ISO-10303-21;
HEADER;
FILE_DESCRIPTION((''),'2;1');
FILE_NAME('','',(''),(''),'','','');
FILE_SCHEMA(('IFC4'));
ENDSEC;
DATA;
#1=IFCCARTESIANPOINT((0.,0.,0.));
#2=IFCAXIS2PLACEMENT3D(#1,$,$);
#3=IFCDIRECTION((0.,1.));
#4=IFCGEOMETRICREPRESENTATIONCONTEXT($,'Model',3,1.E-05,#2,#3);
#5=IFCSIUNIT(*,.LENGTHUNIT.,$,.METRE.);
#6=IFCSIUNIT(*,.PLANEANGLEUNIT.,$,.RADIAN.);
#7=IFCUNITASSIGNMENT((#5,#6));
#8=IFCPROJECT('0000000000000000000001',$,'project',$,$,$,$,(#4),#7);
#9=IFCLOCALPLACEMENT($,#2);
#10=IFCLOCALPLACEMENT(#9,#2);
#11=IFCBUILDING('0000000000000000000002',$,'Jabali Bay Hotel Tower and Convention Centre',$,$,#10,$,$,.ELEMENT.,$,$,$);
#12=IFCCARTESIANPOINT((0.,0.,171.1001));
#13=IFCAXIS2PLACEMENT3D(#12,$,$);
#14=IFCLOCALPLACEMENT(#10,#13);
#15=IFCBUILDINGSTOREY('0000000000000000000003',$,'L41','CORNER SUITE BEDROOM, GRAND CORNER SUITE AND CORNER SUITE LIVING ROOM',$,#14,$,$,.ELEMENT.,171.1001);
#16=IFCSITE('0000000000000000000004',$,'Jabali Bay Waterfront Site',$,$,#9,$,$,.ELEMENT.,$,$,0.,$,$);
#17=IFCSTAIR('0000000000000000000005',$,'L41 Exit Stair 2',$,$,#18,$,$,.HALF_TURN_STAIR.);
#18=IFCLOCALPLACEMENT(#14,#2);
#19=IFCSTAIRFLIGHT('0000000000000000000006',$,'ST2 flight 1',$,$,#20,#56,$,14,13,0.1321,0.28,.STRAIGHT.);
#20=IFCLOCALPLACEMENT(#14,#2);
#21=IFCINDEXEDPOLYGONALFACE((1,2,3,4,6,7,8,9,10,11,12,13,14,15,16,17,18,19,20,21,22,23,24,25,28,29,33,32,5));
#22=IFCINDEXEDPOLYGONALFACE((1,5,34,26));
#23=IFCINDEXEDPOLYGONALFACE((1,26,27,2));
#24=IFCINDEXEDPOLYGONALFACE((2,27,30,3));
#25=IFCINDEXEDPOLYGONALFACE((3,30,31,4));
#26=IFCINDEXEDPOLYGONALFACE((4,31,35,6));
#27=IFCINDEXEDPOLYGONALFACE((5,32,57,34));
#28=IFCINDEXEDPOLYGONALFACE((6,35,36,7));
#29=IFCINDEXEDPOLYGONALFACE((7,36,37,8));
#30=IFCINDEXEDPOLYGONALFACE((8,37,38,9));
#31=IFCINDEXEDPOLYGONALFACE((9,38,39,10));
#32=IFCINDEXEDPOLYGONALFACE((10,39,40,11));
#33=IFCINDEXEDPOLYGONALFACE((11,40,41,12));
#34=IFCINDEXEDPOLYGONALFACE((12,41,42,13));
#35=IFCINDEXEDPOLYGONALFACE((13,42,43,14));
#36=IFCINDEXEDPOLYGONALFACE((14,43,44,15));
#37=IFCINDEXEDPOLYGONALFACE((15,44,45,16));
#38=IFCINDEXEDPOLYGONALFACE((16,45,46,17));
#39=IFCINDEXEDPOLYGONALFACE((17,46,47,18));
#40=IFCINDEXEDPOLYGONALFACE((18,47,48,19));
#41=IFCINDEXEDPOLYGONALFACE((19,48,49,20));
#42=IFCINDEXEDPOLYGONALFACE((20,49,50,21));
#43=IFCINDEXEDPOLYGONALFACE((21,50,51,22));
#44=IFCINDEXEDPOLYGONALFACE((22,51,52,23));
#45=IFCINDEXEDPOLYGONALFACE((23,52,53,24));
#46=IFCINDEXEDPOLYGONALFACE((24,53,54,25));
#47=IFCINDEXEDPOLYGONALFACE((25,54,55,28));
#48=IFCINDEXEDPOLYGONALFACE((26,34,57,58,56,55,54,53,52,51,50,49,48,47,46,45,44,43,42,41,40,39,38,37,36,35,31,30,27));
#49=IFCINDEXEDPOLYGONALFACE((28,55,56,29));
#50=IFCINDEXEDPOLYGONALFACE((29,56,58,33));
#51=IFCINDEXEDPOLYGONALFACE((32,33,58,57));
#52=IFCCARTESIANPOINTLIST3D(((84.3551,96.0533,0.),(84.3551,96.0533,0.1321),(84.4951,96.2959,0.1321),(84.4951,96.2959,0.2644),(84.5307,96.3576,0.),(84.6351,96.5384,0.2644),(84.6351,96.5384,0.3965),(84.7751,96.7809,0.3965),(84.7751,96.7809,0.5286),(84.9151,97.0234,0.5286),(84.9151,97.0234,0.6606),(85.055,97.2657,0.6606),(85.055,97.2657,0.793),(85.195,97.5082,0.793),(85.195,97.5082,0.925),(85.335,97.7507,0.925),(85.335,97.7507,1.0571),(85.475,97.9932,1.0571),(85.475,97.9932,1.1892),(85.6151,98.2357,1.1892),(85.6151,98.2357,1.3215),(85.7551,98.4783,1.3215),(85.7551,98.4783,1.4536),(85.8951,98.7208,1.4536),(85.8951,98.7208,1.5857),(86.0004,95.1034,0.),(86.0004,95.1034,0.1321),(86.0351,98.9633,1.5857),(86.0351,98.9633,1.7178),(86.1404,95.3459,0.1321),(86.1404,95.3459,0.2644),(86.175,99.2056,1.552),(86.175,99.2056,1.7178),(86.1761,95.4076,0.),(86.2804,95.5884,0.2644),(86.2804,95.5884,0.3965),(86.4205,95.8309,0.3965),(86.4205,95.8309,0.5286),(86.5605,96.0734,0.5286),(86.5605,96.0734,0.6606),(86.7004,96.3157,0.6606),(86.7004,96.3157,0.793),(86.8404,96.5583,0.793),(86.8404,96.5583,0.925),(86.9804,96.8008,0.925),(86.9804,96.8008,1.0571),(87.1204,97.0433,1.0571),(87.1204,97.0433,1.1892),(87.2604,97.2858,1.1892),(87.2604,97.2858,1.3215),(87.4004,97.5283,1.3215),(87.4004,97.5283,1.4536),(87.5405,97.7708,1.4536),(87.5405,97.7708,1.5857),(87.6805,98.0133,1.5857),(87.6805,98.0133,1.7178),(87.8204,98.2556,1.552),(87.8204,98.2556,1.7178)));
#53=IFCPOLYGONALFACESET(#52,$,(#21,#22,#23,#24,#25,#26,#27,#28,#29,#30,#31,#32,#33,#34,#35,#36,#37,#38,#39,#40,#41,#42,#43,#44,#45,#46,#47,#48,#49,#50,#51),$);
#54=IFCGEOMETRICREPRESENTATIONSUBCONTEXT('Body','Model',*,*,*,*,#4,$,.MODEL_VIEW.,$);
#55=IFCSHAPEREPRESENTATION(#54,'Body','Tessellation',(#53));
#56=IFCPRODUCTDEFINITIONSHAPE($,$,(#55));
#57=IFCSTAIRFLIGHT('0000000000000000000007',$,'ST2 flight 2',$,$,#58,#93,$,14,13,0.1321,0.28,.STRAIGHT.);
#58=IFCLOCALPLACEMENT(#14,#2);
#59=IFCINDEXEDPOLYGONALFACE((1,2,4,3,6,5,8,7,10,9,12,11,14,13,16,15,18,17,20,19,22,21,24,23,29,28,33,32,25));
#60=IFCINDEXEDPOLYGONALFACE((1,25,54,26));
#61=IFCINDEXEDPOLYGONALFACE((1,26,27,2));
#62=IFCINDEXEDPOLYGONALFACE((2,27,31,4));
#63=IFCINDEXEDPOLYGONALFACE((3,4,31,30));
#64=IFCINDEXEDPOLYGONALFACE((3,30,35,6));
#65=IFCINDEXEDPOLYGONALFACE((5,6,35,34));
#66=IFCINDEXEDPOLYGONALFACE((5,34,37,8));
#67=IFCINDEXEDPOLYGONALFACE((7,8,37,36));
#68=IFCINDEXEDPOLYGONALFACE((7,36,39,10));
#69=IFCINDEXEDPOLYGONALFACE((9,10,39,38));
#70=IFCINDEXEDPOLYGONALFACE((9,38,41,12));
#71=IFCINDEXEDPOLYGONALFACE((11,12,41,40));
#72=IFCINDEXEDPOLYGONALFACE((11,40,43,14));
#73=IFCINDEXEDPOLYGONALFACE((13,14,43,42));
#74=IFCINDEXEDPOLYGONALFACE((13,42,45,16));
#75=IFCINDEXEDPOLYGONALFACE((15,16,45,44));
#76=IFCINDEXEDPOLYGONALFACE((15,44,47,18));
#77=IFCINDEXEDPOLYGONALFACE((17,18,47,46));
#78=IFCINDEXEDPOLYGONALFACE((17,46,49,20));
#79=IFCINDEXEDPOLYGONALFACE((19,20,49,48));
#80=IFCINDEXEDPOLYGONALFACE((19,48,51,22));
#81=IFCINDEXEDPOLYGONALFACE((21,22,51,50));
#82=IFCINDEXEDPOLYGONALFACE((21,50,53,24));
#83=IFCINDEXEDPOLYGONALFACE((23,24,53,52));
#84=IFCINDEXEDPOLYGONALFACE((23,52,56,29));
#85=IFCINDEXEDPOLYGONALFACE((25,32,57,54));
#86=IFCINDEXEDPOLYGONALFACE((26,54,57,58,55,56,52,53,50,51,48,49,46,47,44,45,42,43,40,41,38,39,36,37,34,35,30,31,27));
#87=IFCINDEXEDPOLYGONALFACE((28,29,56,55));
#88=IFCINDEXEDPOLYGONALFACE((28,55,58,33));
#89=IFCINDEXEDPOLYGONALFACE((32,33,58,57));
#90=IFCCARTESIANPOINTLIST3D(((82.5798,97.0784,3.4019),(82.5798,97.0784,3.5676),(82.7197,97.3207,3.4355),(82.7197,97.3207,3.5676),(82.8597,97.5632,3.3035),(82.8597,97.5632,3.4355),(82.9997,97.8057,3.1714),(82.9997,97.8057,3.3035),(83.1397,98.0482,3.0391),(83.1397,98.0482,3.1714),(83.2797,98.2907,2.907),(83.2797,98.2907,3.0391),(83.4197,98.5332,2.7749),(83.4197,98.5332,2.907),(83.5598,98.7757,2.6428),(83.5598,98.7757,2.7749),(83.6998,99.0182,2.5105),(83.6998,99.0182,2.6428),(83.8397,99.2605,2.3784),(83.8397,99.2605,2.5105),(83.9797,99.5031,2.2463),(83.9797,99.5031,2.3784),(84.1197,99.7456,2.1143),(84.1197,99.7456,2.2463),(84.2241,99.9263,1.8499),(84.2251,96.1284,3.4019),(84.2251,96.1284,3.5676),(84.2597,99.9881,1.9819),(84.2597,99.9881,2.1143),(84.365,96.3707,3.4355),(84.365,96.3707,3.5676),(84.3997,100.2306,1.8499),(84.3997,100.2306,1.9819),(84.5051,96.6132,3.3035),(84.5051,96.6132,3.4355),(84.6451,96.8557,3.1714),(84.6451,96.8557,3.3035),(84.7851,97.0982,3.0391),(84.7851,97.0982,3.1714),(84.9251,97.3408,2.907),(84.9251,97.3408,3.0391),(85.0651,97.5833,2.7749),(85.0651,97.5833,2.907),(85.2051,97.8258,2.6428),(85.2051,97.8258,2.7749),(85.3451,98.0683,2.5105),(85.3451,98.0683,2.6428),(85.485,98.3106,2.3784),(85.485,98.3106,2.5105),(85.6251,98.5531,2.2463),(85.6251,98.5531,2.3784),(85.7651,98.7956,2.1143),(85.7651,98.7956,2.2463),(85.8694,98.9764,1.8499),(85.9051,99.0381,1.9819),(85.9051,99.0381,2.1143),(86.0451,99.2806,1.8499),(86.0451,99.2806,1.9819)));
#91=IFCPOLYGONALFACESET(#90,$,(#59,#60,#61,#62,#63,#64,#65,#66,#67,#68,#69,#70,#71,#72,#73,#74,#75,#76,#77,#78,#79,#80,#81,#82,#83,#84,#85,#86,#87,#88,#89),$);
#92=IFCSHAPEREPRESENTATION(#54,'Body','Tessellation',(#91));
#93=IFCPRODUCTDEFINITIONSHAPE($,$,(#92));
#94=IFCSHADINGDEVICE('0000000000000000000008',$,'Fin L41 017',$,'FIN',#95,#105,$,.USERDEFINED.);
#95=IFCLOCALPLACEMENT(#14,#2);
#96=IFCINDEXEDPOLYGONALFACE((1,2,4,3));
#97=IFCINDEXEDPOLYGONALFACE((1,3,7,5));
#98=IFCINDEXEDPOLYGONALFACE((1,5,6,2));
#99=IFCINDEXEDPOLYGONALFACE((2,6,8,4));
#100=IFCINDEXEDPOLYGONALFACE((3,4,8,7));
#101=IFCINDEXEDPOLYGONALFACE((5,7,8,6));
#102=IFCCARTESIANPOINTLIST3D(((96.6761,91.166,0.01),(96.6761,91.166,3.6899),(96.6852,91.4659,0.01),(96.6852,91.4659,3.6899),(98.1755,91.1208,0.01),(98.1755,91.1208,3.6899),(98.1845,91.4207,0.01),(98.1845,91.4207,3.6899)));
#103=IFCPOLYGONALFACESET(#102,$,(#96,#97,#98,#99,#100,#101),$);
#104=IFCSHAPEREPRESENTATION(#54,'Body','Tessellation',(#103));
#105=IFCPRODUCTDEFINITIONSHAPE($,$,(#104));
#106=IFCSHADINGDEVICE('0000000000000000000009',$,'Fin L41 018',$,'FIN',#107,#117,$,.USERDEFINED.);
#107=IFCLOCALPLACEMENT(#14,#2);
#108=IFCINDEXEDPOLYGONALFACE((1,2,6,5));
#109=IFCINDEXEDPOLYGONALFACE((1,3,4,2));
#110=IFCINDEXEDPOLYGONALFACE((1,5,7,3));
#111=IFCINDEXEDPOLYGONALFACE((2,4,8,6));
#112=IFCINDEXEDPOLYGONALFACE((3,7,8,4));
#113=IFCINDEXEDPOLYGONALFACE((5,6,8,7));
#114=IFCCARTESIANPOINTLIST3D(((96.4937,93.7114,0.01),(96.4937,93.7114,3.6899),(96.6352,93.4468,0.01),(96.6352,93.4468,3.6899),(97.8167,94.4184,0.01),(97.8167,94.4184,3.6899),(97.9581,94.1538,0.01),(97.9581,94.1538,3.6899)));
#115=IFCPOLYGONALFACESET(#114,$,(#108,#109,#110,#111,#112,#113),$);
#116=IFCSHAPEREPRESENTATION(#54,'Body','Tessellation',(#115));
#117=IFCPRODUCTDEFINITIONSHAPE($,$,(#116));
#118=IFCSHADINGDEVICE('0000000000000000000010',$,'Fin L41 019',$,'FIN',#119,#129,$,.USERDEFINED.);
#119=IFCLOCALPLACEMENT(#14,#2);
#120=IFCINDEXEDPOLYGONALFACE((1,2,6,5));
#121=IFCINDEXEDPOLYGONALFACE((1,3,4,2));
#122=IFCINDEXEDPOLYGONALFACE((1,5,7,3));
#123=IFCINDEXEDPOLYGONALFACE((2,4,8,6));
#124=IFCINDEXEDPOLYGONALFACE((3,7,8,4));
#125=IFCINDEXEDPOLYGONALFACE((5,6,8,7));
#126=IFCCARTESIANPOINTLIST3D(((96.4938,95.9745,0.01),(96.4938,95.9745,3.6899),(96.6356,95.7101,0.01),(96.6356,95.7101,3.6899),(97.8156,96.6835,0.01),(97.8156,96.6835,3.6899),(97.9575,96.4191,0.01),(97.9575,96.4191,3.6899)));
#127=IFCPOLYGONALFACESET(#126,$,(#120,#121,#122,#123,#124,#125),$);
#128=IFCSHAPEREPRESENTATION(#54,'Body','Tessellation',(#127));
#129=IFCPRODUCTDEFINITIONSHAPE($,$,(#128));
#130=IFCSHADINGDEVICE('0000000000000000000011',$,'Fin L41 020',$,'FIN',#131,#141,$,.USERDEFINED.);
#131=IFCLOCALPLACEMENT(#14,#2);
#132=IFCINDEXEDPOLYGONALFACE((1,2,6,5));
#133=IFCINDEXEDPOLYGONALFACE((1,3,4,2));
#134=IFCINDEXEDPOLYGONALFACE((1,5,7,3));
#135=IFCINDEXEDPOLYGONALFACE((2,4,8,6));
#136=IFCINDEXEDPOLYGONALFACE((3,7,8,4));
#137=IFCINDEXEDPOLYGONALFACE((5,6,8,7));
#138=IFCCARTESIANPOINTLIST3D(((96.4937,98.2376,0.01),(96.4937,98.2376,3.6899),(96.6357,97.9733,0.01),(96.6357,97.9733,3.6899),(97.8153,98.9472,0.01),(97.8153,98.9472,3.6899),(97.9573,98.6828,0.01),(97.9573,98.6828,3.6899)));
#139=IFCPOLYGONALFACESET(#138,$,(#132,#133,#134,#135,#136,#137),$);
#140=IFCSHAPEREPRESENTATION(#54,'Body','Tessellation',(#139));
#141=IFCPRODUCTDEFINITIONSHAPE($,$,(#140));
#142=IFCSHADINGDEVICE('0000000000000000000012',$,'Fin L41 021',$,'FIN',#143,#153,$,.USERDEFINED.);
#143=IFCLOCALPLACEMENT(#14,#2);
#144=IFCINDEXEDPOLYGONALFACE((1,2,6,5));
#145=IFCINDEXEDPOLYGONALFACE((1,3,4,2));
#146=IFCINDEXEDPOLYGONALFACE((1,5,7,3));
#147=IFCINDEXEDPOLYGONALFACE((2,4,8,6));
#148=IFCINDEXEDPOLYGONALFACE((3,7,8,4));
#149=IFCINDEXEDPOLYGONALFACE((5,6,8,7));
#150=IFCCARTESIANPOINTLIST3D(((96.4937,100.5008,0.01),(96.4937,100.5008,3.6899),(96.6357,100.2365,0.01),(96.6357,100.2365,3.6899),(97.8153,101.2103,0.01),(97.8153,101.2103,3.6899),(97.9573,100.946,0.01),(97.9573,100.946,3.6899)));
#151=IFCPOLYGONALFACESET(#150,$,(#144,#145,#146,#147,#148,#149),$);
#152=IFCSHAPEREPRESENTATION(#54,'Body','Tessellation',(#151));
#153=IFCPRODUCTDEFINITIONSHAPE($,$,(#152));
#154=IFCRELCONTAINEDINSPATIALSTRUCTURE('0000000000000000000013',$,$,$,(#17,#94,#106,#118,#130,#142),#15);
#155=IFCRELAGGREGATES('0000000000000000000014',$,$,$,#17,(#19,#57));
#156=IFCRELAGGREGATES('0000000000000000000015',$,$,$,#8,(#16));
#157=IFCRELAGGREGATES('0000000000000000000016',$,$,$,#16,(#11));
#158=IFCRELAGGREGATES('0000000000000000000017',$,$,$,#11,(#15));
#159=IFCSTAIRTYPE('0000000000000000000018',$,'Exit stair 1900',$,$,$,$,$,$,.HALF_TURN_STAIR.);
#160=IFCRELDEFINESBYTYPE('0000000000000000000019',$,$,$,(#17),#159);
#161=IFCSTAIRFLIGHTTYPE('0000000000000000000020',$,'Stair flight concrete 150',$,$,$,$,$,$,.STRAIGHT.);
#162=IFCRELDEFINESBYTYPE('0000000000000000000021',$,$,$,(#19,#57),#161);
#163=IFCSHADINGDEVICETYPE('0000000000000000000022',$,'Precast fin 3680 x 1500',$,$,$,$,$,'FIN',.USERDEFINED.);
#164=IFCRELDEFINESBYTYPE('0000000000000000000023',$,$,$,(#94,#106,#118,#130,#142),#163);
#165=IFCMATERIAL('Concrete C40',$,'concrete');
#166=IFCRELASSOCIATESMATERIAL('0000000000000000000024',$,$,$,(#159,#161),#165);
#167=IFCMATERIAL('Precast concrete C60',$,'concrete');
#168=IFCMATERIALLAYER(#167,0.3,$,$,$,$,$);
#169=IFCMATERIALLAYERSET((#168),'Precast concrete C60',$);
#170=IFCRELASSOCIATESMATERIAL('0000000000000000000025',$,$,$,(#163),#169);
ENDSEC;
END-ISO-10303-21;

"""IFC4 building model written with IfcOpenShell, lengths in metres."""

from ifc_helpers import new_model, si_unit, direction, frame, frame_2d, origin, place, context, subcontext, project, spatial, polyline, rectangle, outline, extrude, material, layer, layer_set, type_object, element, aggregate, save


model = new_model("IFC4")

# Units and contexts
model_context = context("Model", 3, precision=1e-05, world=origin(), true_north=direction((0.0, 1.0)))
body_context = subcontext(model_context, "Body", "Model", "MODEL_VIEW")
ifc_project = project(units=[si_unit("LENGTHUNIT", "METRE"), si_unit("PLANEANGLEUNIT", "RADIAN")], contexts=[model_context])

# Site, building, storey
site_placement = place(None, origin())
site = spatial("IfcSite", under=ifc_project, at=site_placement, Name="Jabali Bay Waterfront Site", CompositionType="ELEMENT", RefElevation=0.0)
building_placement = place(site_placement, origin())
building = spatial("IfcBuilding", under=site, at=building_placement, Name="Jabali Bay Hotel Tower and Convention Centre", CompositionType="ELEMENT")
storey_placement = place(building_placement, frame((0.0, 0.0, 171.1001)))
storey = spatial("IfcBuildingStorey", under=building, at=storey_placement, Name="L41", Description="CORNER SUITE BEDROOM, GRAND CORNER SUITE AND CORNER SUITE LIVING ROOM", CompositionType="ELEMENT", Elevation=171.1001)

# Shared definitions
ifc_material_1 = material(Name="Concrete C40", Category="concrete")

# Stair, stair flights
stair_type = type_object("IfcStairType", Name="Exit stair 1900", PredefinedType="HALF_TURN_STAIR", material=ifc_material_1)
stair_placement = place(storey_placement, origin())
stair = element("IfcStair", 1, at=stair_placement, inside=storey, type_object=stair_type, Name="L41 Exit Stair 2", PredefinedType="HALF_TURN_STAIR")
stair_flight_type = type_object("IfcStairFlightType", Name="Stair flight concrete 150", PredefinedType="STRAIGHT", material=ifc_material_1)
stair_flight_1_placement = place(storey_placement, frame((85.1777, 95.5784, 0.0), z_axis=(0.0, 0.0, 1.0), x_axis=(0.5, 0.866025, 0.0)))
stair_flight_1 = element("IfcStairFlight", 2, at=stair_flight_1_placement, type_object=stair_flight_type, Name="ST2 flight 1", NumberOfRisers=14, NumberOfTreads=13, PredefinedType="STRAIGHT", RiserHeight=0.1321, TreadLength=0.28, context=body_context, shape_type="SweptSolid", body=[
    extrude(outline(polyline([(0.0, 0.0), (0.0, 0.1321), (0.28, 0.1321), (0.28, 0.2644), (0.5601, 0.2644), (0.5601, 0.3965), (0.8401, 0.3965), (0.8401, 0.5286), (1.1201, 0.5286), (1.1201, 0.6606), (1.3999, 0.6606), (1.3999, 0.793), (1.6799, 0.793), (1.6799, 0.925), (1.96, 0.925), (1.96, 1.0571), (2.24, 1.0571), (2.24, 1.1892), (2.52, 1.1892), (2.52, 1.3215), (2.8, 1.3215), (2.8, 1.4536), (3.0801, 1.4536), (3.0801, 1.5857), (3.3601, 1.5857), (3.3601, 1.7178), (3.6399, 1.7178), (3.6399, 1.8501), (3.6399, 1.552), (0.3513, 0.0), (0.0, 0.0)])), frame((0.0, 0.95, 0.0), z_axis=(0.0, -1.0, 0.0), x_axis=(1.0, 0.0, 0.0)), (0.0, 0.0, 1.0), 1.8999),
])
stair_flight_2_placement = place(storey_placement, frame((85.2224, 99.7556, 1.8499), z_axis=(0.0, 0.0, 1.0), x_axis=(-0.5, -0.866025, 0.0)))
stair_flight_2 = element("IfcStairFlight", 3, at=stair_flight_2_placement, type_object=stair_flight_type, Name="ST2 flight 2", NumberOfRisers=14, NumberOfTreads=13, PredefinedType="STRAIGHT", RiserHeight=0.1321, TreadLength=0.28, context=body_context, shape_type="SweptSolid", body=[
    extrude(outline(polyline([(0.0, 0.0), (0.0, 0.1321), (0.28, 0.1321), (0.28, 0.2644), (0.5601, 0.2644), (0.5601, 0.3965), (0.8401, 0.3965), (0.8401, 0.5286), (1.1201, 0.5286), (1.1201, 0.6606), (1.3999, 0.6606), (1.3999, 0.793), (1.6799, 0.793), (1.6799, 0.925), (1.96, 0.925), (1.96, 1.0571), (2.24, 1.0571), (2.24, 1.1892), (2.52, 1.1892), (2.52, 1.3215), (2.8, 1.3215), (2.8, 1.4536), (3.0801, 1.4536), (3.0801, 1.5857), (3.3601, 1.5857), (3.3601, 1.7178), (3.6399, 1.7178), (3.6399, 1.8501), (3.6399, 1.552), (0.3513, 0.0), (0.0, 0.0)])), frame((0.0, 0.95, 0.0), z_axis=(0.0, -1.0, 0.0), x_axis=(1.0, 0.0, 0.0)), (0.0, 0.0, 1.0), 1.8999),
])
aggregate(stair, [stair_flight_1, stair_flight_2])

# Shading devices
ifc_material_2 = material(Name="Precast concrete C60", Category="concrete")
ifc_layer_1 = layer(ifc_material_2, 0.3)
ifc_layer_set_1 = layer_set([ifc_layer_1], Name="Precast concrete C60")
shading_device_type = type_object("IfcShadingDeviceType", Name="Precast fin 3680 x 1500", ElementType="FIN", PredefinedType="USERDEFINED", material=ifc_layer_set_1)
for number, where, z_axis, x_axis, name in (
    (4, (96.6807, 91.3159, 0.01), (0.0, 0.0, 1.0), (0.999547, -0.030112, 0.0), "Fin L41 017"),
    (5, (96.5645, 93.5791, 0.01), (0.0, 0.0, 1.0), (0.881956, 0.471331, 0.0), "Fin L41 018"),
    (6, (96.5647, 95.8423, 0.01), (0.0, 0.0, 1.0), (0.881233, 0.472682, 0.0), "Fin L41 019"),
    (7, (96.5647, 98.1055, 0.01), (0.0, 0.0, 1.0), (0.881061, 0.473003, 0.0), "Fin L41 020"),
    (8, (96.5647, 100.3687, 0.01), (0.0, 0.0, 1.0), (0.881061, 0.473003, 0.0), "Fin L41 021"),
):
    element("IfcShadingDevice", number, at=place(storey_placement, frame(where, z_axis=z_axis, x_axis=x_axis)), inside=storey, type_object=shading_device_type, Name=name, ObjectType="FIN", PredefinedType="USERDEFINED", context=body_context, shape_type="SweptSolid", body=[
        extrude(rectangle(XDim=1.5, YDim=0.3, at=frame_2d((0.75, 0.0))), origin(), (0.0, 0.0, 1.0), 3.6799),
    ])

save(model, "model.ifc")
